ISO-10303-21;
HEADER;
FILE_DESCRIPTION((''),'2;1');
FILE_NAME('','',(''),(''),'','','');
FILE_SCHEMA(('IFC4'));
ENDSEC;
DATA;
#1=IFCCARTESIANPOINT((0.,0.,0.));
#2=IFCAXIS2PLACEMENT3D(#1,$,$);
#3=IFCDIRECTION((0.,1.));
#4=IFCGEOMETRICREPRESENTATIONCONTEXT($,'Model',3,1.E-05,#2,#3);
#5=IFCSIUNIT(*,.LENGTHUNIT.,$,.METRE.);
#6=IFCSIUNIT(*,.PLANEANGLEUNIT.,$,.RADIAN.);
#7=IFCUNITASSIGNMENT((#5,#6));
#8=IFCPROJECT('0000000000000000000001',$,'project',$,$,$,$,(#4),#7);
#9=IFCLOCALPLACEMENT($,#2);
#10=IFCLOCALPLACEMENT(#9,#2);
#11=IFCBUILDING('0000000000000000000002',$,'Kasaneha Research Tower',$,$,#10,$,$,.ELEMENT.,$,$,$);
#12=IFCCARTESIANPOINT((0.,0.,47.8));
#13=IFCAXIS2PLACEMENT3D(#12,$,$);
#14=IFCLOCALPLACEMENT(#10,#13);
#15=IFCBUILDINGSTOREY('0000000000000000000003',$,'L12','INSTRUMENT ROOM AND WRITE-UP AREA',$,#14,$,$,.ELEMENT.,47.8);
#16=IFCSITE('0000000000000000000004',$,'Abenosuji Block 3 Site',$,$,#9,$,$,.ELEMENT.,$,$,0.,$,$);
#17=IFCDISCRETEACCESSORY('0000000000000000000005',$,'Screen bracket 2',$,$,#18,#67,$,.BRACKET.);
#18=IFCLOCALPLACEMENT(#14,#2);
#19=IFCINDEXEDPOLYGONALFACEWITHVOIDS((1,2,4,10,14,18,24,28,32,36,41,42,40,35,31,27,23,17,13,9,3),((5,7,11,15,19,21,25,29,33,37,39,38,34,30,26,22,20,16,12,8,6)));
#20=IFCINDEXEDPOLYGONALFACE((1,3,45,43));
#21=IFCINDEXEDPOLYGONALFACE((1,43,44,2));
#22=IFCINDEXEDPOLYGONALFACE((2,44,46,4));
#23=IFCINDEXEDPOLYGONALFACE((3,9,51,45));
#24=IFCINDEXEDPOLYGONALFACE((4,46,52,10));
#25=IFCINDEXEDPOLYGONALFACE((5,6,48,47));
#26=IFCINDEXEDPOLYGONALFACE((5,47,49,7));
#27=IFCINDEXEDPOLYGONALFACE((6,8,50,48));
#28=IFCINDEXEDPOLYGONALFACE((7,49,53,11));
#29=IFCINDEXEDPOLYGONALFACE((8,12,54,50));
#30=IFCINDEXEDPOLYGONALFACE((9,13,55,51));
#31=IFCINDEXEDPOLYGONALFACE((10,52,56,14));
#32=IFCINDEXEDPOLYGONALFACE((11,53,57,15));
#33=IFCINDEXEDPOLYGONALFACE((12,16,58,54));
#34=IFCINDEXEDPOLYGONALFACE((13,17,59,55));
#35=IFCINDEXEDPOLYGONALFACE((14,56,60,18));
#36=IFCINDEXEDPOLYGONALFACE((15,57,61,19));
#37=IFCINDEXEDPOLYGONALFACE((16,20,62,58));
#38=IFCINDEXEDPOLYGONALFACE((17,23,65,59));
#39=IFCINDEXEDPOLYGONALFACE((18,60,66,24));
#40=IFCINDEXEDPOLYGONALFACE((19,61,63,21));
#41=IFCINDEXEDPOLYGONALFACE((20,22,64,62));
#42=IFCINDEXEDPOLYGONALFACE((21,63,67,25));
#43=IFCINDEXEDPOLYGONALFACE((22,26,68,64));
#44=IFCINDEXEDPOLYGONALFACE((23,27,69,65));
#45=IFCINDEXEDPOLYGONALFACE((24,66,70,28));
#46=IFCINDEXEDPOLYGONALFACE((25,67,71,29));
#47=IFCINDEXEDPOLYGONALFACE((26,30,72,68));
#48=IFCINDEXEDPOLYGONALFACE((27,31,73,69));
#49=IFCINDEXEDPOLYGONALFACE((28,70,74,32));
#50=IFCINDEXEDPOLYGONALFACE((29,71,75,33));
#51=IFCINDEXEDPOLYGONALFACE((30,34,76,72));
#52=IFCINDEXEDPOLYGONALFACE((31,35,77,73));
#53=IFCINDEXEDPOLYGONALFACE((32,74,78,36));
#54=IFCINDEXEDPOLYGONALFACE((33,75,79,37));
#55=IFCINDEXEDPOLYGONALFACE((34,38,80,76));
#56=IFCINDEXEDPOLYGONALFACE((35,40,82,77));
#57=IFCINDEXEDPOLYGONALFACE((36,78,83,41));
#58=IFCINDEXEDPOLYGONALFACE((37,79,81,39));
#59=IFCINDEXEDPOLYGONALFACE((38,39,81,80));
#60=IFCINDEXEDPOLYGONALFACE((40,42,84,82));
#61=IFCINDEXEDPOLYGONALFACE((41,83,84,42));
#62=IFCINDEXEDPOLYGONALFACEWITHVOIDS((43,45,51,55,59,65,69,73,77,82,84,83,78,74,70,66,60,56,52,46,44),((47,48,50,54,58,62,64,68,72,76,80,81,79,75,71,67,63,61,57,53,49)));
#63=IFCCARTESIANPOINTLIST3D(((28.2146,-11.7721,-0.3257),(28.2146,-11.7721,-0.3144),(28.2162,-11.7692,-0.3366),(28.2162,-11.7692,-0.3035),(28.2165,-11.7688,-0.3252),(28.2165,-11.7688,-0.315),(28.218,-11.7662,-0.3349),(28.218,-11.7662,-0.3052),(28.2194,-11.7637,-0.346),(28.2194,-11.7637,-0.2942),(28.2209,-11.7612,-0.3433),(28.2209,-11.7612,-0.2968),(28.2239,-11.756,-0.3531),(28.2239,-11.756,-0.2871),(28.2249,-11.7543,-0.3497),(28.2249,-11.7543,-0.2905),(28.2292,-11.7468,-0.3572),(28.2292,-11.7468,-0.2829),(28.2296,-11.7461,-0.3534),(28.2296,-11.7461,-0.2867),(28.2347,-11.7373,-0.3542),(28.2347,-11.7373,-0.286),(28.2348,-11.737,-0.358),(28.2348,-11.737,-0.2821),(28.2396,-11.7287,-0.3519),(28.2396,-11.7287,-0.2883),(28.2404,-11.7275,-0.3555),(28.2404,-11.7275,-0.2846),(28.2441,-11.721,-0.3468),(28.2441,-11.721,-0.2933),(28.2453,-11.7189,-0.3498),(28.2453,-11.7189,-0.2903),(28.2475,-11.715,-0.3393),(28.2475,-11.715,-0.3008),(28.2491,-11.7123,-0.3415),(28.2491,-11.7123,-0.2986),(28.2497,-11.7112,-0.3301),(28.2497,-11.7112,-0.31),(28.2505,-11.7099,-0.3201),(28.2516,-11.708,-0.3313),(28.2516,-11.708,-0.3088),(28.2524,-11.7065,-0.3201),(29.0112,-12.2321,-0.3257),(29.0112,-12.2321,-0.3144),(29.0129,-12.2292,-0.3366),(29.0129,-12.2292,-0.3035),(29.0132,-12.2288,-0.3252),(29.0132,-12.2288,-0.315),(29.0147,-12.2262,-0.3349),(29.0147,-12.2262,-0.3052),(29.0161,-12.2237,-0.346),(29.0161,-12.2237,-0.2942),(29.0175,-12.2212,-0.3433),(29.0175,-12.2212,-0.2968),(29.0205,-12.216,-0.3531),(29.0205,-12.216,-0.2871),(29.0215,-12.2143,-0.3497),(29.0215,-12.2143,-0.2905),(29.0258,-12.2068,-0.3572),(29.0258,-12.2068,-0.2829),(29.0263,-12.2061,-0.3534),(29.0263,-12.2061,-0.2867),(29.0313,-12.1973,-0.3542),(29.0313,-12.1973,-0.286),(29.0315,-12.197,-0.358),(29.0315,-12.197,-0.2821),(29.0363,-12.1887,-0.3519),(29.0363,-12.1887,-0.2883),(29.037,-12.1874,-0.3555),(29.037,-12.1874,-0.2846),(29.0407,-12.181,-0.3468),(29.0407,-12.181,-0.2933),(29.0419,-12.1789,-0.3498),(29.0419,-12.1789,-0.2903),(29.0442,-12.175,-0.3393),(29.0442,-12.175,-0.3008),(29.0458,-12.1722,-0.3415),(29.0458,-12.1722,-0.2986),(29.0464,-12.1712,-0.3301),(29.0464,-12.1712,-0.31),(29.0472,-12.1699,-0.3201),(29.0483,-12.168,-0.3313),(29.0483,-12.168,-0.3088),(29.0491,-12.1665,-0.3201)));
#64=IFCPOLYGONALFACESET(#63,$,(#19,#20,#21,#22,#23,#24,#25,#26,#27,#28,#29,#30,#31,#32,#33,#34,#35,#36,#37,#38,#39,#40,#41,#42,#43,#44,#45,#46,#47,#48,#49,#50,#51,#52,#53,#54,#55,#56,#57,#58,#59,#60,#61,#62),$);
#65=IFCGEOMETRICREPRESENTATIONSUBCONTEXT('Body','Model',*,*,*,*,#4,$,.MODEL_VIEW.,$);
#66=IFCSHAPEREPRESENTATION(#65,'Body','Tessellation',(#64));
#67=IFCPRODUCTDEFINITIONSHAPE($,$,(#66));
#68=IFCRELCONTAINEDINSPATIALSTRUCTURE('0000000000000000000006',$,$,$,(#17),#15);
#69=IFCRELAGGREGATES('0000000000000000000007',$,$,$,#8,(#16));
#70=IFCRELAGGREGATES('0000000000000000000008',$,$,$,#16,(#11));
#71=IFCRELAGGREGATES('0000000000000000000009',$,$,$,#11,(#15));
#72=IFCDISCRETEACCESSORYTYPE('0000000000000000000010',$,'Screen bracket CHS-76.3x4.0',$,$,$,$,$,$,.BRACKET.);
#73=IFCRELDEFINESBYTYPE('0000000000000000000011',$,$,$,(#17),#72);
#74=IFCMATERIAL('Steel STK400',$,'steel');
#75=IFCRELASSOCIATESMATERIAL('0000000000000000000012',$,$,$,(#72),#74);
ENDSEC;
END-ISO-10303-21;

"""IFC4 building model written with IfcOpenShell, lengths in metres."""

from ifc_helpers import new_model, si_unit, direction, frame, origin, origin_2d, place, context, subcontext, project, spatial, hollow_circle, extrude, material, material_profile, profile_set, type_object, element, save


model = new_model("IFC4")

# Units and contexts
model_context = context("Model", 3, precision=1e-05, world=origin(), true_north=direction((0.0, 1.0)))
body_context = subcontext(model_context, "Body", "Model", "MODEL_VIEW")
ifc_project = project(units=[si_unit("LENGTHUNIT", "METRE"), si_unit("PLANEANGLEUNIT", "RADIAN")], contexts=[model_context])

# Site, building, storey
site_placement = place(None, origin())
site = spatial("IfcSite", under=ifc_project, at=site_placement, Name="Abenosuji Block 3 Site", CompositionType="ELEMENT", RefElevation=0.0)
building_placement = place(site_placement, origin())
building = spatial("IfcBuilding", under=site, at=building_placement, Name="Kasaneha Research Tower", CompositionType="ELEMENT")
storey_placement = place(building_placement, frame((0.0, 0.0, 47.8)))
storey = spatial("IfcBuildingStorey", under=building, at=storey_placement, Name="L12", Description="INSTRUMENT ROOM AND WRITE-UP AREA", CompositionType="ELEMENT", Elevation=47.8)

# Discrete accessory
ifc_material_1 = material(Name="Steel STK400", Category="steel")
ifc_material_profile_1 = material_profile(ifc_material_1, hollow_circle(Radius=0.0381, WallThickness=0.0039, at=origin_2d()), Name="CHS-76.3x4.0")
ifc_profile_set_1 = profile_set([ifc_material_profile_1], Name="Steel STK400")
discrete_accessory_type = type_object("IfcDiscreteAccessoryType", Name="Screen bracket CHS-76.3x4.0", PredefinedType="BRACKET", material=ifc_profile_set_1)
for number, where, z_axis, x_axis, name in (
    (1, (28.2334, -11.7395, -0.3201), (0.866013, -0.500021, 0.0), (0.500021, 0.866013, 0.0), "Screen bracket 2"),
):
    element("IfcDiscreteAccessory", number, at=place(storey_placement, frame(where, z_axis=z_axis, x_axis=x_axis)), inside=storey, type_object=discrete_accessory_type, Name=name, PredefinedType="BRACKET", context=body_context, shape_type="SweptSolid", body=[
        extrude(hollow_circle(Radius=0.0381, WallThickness=0.0039, at=origin_2d()), origin(), (0.0, 0.0, 1.0), 0.9199),
    ])

save(model, "model.ifc")
